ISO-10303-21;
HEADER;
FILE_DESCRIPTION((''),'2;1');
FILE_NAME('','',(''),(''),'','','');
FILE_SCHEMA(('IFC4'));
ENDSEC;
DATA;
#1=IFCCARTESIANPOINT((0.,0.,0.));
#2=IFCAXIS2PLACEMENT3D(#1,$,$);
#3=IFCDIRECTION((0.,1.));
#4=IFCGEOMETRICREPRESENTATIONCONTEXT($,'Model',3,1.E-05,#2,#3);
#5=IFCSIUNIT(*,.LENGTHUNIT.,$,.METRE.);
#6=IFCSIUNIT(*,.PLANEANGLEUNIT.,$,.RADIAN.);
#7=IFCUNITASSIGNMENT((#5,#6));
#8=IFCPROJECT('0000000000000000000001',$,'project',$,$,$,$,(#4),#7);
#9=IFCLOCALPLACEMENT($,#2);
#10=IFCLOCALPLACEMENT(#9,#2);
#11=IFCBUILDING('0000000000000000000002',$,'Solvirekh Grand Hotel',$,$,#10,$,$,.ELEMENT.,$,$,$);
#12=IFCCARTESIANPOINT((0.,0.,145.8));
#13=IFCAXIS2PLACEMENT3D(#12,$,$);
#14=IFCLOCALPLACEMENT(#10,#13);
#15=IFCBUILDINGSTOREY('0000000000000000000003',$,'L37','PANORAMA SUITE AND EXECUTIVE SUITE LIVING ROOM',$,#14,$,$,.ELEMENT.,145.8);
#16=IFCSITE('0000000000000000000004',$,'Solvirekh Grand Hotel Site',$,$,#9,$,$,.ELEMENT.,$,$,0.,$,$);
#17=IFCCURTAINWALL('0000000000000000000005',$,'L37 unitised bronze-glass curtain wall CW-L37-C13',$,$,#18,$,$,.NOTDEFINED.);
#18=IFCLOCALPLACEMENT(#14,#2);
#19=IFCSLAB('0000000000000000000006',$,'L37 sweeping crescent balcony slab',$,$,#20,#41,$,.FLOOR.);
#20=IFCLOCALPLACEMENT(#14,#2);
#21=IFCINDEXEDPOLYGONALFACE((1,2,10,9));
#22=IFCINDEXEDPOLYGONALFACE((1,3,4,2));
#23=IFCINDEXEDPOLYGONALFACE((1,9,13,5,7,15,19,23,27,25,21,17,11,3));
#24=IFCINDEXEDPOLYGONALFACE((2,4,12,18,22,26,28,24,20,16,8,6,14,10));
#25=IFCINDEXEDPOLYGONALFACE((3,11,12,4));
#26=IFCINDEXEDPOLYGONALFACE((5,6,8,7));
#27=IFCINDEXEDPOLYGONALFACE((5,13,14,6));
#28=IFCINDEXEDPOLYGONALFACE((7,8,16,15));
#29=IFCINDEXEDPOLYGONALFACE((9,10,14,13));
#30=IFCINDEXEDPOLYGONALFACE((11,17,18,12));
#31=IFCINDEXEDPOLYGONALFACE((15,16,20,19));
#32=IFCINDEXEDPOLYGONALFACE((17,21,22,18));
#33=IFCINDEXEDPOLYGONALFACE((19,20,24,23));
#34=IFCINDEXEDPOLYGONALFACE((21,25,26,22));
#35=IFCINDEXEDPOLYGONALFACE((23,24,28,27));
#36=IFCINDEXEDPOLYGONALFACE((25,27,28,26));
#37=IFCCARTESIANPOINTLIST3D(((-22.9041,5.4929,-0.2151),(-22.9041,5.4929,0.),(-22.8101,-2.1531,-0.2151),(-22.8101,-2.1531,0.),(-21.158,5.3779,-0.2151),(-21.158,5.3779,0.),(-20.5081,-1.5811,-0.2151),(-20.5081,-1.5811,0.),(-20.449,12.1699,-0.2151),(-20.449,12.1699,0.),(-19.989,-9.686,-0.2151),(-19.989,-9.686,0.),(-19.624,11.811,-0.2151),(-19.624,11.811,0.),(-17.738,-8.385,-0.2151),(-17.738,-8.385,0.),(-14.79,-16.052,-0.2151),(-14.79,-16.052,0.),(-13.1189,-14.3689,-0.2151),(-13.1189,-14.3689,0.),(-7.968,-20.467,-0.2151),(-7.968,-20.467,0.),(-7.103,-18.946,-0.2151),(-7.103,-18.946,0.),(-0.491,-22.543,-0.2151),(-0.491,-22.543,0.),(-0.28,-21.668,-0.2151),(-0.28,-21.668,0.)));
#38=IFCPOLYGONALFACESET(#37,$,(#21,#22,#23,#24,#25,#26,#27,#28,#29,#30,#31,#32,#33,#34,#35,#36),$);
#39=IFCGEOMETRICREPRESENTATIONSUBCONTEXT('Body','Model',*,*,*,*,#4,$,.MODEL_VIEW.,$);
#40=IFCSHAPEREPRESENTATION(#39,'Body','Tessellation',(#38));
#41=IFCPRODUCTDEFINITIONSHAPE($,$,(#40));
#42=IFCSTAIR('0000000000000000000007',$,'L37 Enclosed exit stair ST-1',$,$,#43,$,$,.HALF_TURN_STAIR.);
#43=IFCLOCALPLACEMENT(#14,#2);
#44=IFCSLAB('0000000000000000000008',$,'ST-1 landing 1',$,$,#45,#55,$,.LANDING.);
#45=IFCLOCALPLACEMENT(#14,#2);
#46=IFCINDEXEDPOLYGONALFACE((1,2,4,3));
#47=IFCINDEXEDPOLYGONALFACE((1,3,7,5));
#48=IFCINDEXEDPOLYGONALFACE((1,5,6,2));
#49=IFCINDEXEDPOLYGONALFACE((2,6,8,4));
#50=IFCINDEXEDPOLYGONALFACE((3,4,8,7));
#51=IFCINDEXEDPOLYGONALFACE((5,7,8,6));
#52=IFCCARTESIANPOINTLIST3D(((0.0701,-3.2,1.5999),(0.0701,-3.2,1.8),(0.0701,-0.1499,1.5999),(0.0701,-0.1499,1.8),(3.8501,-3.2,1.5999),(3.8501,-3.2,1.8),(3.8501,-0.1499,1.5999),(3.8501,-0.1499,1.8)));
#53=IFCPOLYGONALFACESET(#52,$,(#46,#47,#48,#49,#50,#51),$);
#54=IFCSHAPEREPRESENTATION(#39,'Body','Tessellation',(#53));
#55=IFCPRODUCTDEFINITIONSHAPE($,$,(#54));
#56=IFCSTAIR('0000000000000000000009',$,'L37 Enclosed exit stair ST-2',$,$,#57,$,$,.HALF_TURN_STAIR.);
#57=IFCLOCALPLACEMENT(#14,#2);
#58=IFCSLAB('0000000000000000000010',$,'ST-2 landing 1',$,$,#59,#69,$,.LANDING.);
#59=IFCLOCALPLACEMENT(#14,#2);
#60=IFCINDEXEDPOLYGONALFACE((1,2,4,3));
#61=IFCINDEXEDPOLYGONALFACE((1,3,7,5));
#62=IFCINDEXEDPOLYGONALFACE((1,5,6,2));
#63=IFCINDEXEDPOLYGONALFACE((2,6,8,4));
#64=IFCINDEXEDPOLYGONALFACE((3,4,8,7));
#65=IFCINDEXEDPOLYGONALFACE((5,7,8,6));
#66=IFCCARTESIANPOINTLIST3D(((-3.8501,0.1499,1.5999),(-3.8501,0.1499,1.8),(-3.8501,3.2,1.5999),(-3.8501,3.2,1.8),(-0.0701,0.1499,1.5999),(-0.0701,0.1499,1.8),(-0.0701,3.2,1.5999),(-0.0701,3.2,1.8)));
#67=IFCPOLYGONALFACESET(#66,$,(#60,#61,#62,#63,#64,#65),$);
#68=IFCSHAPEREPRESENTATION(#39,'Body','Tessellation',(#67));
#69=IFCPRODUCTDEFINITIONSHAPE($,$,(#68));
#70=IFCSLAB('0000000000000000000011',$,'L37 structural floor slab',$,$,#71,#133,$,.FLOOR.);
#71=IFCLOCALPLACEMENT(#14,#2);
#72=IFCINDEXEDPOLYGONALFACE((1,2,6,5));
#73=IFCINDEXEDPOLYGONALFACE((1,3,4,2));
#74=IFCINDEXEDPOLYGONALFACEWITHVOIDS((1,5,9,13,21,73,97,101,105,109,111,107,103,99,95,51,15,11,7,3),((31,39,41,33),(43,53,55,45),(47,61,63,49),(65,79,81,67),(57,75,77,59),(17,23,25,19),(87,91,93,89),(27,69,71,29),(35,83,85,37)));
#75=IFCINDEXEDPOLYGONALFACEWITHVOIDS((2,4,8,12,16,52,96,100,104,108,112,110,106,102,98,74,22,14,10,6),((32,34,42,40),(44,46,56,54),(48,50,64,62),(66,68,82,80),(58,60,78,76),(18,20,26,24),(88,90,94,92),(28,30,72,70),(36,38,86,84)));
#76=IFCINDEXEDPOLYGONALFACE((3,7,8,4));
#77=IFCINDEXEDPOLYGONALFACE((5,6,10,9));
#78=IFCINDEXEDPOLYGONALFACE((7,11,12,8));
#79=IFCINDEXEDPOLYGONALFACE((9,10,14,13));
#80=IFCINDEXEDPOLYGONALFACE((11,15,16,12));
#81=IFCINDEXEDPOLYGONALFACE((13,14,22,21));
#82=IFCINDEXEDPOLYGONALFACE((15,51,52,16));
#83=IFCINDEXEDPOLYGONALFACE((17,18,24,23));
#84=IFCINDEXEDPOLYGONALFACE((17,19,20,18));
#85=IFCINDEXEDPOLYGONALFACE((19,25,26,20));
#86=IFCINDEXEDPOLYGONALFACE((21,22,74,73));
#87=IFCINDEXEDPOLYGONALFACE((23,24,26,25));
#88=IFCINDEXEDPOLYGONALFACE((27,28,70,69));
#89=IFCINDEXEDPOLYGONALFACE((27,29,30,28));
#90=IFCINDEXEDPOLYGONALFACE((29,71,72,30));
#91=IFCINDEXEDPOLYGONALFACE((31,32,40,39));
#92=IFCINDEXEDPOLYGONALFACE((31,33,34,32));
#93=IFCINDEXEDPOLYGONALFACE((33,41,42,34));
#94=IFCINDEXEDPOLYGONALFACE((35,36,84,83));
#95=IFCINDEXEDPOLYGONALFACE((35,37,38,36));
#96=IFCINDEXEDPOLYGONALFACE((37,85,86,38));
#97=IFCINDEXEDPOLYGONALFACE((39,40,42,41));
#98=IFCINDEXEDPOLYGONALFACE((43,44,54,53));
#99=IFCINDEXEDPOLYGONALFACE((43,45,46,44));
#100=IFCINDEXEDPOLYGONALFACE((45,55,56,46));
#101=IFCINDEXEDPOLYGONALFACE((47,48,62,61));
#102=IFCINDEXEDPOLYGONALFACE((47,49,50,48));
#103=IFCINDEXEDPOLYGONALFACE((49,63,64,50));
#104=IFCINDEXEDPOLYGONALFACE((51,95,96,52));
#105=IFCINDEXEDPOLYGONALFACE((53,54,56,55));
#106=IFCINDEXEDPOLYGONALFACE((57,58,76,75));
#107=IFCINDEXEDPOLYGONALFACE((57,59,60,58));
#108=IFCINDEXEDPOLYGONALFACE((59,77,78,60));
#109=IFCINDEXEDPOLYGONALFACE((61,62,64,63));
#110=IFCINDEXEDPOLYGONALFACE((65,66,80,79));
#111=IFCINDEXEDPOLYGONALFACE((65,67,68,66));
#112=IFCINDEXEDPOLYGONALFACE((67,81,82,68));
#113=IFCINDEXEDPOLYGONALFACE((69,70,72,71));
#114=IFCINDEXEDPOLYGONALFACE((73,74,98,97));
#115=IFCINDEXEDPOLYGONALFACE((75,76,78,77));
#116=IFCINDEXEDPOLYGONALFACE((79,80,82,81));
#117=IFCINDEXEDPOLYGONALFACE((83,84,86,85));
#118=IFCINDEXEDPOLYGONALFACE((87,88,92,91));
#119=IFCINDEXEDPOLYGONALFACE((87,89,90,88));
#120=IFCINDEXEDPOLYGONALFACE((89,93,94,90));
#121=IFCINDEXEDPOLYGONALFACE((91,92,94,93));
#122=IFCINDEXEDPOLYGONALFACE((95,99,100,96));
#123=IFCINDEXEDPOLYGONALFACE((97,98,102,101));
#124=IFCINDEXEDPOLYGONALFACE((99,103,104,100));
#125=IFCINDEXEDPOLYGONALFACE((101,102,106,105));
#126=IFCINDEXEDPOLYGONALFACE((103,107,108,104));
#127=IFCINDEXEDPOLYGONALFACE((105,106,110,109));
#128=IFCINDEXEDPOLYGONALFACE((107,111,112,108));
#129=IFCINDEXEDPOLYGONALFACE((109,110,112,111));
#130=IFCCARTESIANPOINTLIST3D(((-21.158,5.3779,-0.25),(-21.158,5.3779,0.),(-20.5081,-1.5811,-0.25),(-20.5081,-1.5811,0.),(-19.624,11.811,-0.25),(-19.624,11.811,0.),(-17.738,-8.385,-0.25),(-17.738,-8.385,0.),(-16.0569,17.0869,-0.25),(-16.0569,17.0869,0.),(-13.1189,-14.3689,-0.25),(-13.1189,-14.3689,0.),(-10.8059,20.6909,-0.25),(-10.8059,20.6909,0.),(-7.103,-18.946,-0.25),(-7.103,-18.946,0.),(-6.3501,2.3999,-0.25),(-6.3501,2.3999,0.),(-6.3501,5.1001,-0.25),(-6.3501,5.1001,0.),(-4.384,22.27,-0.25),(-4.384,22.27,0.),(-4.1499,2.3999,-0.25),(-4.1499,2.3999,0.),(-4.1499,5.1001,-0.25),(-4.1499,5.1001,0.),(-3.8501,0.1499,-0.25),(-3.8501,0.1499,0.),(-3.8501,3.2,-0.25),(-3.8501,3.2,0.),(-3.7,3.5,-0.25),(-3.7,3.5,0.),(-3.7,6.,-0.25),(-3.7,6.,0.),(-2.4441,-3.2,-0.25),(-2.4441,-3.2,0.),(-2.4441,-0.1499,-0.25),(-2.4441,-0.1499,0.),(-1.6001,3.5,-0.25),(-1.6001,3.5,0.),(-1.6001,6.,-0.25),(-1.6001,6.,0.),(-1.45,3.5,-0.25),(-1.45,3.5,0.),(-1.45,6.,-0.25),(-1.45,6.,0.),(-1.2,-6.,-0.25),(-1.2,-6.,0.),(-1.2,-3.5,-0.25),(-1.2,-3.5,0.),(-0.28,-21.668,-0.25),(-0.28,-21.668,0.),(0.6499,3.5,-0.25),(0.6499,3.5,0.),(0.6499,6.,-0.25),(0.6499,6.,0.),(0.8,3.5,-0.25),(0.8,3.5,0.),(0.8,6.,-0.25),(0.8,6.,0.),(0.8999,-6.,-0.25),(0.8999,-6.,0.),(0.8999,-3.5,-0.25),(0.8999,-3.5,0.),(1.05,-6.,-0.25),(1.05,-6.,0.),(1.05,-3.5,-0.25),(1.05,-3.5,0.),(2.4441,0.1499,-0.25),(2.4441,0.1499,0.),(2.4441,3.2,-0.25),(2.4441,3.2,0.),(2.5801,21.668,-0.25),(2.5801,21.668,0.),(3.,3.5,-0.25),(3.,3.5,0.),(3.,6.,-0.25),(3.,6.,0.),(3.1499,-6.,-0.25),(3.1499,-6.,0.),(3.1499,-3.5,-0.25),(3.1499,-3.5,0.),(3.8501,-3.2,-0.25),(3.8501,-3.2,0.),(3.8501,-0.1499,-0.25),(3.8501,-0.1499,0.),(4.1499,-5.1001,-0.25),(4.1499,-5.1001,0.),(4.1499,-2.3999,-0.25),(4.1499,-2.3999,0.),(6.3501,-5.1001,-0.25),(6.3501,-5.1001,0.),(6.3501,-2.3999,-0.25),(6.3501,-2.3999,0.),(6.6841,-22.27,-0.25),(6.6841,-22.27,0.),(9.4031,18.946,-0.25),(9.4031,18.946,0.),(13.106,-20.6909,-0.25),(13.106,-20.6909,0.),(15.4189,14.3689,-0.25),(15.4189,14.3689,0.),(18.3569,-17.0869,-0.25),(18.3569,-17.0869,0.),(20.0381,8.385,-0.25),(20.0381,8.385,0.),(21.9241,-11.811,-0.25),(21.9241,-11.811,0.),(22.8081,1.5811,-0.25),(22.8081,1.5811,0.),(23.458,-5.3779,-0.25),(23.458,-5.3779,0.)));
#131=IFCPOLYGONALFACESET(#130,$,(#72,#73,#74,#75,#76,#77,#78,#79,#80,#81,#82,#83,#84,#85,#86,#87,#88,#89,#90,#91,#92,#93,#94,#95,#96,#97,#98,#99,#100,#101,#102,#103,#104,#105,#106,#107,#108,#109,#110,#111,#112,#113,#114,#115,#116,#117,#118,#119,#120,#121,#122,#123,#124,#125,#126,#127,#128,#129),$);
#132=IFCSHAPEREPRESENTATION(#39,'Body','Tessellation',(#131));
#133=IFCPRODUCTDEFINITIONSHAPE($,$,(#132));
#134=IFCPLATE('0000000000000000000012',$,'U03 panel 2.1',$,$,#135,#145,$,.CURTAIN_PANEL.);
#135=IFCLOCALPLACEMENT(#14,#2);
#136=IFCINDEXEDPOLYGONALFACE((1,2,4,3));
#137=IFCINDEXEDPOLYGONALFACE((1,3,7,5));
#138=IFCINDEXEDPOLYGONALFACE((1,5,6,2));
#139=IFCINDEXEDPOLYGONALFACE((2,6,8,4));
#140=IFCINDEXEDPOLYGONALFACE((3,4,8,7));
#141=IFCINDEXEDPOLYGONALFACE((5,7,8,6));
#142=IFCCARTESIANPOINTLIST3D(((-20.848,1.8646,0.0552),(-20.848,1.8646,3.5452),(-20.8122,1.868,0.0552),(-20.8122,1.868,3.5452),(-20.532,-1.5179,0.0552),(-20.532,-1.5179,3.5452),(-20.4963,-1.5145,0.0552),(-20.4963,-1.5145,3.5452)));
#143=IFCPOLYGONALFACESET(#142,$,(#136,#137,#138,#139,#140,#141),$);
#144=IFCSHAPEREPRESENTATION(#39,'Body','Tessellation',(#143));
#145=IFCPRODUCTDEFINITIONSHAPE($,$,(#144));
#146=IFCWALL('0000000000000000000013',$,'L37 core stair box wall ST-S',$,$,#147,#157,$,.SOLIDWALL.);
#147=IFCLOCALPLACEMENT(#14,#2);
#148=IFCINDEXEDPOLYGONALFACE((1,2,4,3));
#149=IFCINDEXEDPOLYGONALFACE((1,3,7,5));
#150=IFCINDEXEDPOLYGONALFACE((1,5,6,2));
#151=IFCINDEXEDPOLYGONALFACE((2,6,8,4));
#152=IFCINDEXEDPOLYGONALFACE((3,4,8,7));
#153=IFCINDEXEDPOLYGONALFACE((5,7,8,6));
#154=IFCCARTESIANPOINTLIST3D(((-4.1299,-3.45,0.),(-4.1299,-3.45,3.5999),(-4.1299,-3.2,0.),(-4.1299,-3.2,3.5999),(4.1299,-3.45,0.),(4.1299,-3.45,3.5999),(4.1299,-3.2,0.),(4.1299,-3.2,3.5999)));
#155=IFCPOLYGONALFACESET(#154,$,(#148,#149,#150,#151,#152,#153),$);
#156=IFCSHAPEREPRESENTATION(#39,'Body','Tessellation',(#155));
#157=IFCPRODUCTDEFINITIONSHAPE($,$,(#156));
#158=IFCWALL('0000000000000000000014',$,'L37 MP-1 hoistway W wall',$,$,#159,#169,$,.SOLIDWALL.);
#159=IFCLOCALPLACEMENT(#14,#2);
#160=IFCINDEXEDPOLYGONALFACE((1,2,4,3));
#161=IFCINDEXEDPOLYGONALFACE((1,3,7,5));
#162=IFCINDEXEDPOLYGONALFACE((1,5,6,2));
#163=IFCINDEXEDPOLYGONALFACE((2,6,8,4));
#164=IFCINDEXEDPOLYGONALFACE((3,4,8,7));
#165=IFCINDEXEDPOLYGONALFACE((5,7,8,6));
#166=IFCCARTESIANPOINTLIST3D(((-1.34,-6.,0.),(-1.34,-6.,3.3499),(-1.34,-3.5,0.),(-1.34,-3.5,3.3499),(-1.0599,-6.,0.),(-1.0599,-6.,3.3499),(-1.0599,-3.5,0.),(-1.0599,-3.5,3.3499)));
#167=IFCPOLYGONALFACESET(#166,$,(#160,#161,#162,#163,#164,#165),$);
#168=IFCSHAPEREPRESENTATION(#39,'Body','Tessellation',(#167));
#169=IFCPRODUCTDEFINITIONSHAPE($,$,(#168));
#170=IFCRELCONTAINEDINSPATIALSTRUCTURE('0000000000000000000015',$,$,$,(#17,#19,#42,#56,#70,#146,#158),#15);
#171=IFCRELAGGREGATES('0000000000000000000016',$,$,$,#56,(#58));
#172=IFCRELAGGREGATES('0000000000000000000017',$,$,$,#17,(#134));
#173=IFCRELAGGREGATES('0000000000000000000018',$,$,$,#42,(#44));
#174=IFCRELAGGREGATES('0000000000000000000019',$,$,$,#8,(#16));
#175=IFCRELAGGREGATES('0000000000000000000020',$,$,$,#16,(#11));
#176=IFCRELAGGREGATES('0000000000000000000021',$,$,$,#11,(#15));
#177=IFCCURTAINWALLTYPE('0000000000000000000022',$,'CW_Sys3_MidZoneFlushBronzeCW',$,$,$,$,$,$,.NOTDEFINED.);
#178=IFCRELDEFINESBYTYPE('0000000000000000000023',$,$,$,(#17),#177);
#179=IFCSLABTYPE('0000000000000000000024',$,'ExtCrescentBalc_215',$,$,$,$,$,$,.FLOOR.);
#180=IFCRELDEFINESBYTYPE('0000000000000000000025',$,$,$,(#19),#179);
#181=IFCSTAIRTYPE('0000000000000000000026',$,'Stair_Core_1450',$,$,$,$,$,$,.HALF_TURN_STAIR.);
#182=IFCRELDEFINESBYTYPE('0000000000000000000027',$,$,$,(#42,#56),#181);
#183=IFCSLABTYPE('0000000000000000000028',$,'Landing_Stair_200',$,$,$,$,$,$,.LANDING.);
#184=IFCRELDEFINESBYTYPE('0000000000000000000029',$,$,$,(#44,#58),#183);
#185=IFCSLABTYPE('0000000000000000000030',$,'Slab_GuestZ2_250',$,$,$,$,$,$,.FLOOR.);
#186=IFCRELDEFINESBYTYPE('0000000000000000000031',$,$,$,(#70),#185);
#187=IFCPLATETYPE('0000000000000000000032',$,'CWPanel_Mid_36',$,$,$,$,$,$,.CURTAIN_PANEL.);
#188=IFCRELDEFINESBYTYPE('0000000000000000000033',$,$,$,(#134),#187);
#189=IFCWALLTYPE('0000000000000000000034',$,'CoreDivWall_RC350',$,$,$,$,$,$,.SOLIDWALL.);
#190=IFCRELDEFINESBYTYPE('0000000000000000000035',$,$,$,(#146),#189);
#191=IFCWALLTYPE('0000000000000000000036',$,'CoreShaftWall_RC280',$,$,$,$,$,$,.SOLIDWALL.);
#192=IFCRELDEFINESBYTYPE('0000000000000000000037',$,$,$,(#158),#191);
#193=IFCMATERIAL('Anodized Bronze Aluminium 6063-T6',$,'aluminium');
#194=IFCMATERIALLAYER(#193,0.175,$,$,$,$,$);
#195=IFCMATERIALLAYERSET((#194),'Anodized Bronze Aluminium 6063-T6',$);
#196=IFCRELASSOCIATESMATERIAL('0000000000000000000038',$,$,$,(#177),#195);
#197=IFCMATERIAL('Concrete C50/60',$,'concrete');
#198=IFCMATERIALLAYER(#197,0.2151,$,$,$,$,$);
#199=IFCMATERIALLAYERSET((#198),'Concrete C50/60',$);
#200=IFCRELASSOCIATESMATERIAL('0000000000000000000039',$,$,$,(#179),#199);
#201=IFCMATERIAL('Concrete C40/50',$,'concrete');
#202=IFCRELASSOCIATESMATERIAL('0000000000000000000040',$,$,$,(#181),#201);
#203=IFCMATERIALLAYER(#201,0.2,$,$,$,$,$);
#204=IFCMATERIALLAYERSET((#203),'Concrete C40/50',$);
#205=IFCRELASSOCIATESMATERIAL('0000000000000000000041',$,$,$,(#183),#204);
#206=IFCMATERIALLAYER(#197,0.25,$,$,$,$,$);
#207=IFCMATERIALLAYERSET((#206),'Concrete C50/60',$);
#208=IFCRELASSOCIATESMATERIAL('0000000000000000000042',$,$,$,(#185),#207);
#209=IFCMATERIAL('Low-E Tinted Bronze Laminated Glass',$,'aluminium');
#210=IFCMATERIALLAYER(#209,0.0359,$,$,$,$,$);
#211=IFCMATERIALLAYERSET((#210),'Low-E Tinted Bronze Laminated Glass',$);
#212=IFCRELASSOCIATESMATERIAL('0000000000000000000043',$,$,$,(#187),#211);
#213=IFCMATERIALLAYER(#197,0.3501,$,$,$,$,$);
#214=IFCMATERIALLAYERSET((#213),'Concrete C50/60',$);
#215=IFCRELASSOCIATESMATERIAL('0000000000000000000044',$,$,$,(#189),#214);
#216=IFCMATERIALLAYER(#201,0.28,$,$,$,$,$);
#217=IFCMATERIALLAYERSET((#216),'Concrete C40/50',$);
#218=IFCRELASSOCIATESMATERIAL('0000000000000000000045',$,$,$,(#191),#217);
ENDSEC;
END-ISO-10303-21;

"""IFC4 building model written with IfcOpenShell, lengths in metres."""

from ifc_helpers import new_model, si_unit, direction, frame, frame_2d, origin, origin_2d, place, context, subcontext, project, spatial, polyline, rectangle, outline, extrude, source, transform, mapped, material, layer, layer_set, type_object, element, aggregate, save


model = new_model("IFC4")

# Units and contexts
model_context = context("Model", 3, precision=1e-05, world=origin(), true_north=direction((0.0, 1.0)))
body_context = subcontext(model_context, "Body", "Model", "MODEL_VIEW")
ifc_project = project(units=[si_unit("LENGTHUNIT", "METRE"), si_unit("PLANEANGLEUNIT", "RADIAN")], contexts=[model_context])

# Site, building, storey
site_placement = place(None, origin())
site = spatial("IfcSite", under=ifc_project, at=site_placement, Name="Solvirekh Grand Hotel Site", CompositionType="ELEMENT", RefElevation=0.0)
building_placement = place(site_placement, origin())
building = spatial("IfcBuilding", under=site, at=building_placement, Name="Solvirekh Grand Hotel", CompositionType="ELEMENT")
storey_placement = place(building_placement, frame((0.0, 0.0, 145.8)))
storey = spatial("IfcBuildingStorey", under=building, at=storey_placement, Name="L37", Description="PANORAMA SUITE AND EXECUTIVE SUITE LIVING ROOM", CompositionType="ELEMENT", Elevation=145.8)

# Shared definitions
ifc_material_1 = material(Name="Concrete C50/60", Category="concrete")

# Curtain wall
ifc_material_2 = material(Name="Anodized Bronze Aluminium 6063-T6", Category="aluminium")
ifc_layer_1 = layer(ifc_material_2, 0.175)
ifc_layer_set_1 = layer_set([ifc_layer_1], Name="Anodized Bronze Aluminium 6063-T6")
curtain_wall_type = type_object("IfcCurtainWallType", Name="CW_Sys3_MidZoneFlushBronzeCW", PredefinedType="NOTDEFINED", material=ifc_layer_set_1)
curtain_wall_placement = place(storey_placement, origin())
curtain_wall = element("IfcCurtainWall", 1, at=curtain_wall_placement, inside=storey, type_object=curtain_wall_type, Name="L37 unitised bronze-glass curtain wall CW-L37-C13", PredefinedType="NOTDEFINED")

# Slab
ifc_layer_2 = layer(ifc_material_1, 0.2151)
ifc_layer_set_2 = layer_set([ifc_layer_2], Name="Concrete C50/60")
slab_type_1 = type_object("IfcSlabType", Name="ExtCrescentBalc_215", PredefinedType="FLOOR", material=ifc_layer_set_2)
slab_1_placement = place(storey_placement, frame((0.0, 0.0, -0.2151)))
element("IfcSlab", 2, at=slab_1_placement, inside=storey, type_object=slab_type_1, Name="L37 sweeping crescent balcony slab", PredefinedType="FLOOR", context=body_context, shape_type="SweptSolid", body=[
    extrude(outline(polyline([(-20.449, 12.1699), (-22.9041, 5.4929), (-22.8101, -2.1531), (-19.989, -9.686), (-14.79, -16.052), (-7.968, -20.467), (-0.491, -22.543), (-0.28, -21.668), (-7.103, -18.946), (-13.1189, -14.3689), (-17.738, -8.385), (-20.5081, -1.5811), (-21.158, 5.3779), (-19.624, 11.811), (-20.449, 12.1699)])), origin(), (0.0, 0.0, 1.0), 0.2151),
])

# Stairs, slabs
ifc_material_3 = material(Name="Concrete C40/50", Category="concrete")
stair_type = type_object("IfcStairType", Name="Stair_Core_1450", PredefinedType="HALF_TURN_STAIR", material=ifc_material_3)
stair_1_placement = place(storey_placement, origin())
stair_1 = element("IfcStair", 3, at=stair_1_placement, inside=storey, type_object=stair_type, Name="L37 Enclosed exit stair ST-1", PredefinedType="HALF_TURN_STAIR")
ifc_layer_3 = layer(ifc_material_3, 0.2)
ifc_layer_set_3 = layer_set([ifc_layer_3], Name="Concrete C40/50")
slab_type_2 = type_object("IfcSlabType", Name="Landing_Stair_200", PredefinedType="LANDING", material=ifc_layer_set_3)
slab_2_placement = place(storey_placement, frame((0.0, 0.0, 1.5999)))
slab_2 = element("IfcSlab", 4, at=slab_2_placement, type_object=slab_type_2, Name="ST-1 landing 1", PredefinedType="LANDING", context=body_context, shape_type="SweptSolid", body=[
    extrude(outline(polyline([(0.0701, -3.2), (3.8501, -3.2), (3.8501, -0.1499), (0.0701, -0.1499), (0.0701, -3.2)])), origin(), (0.0, 0.0, 1.0), 0.2002),
])
stair_2_placement = place(storey_placement, origin())
stair_2 = element("IfcStair", 5, at=stair_2_placement, inside=storey, type_object=stair_type, Name="L37 Enclosed exit stair ST-2", PredefinedType="HALF_TURN_STAIR")
slab_3_placement = place(storey_placement, frame((0.0, 0.0, 1.5999)))
slab_3 = element("IfcSlab", 6, at=slab_3_placement, type_object=slab_type_2, Name="ST-2 landing 1", PredefinedType="LANDING", context=body_context, shape_type="SweptSolid", body=[
    extrude(outline(polyline([(-0.0701, 3.2), (-3.8501, 3.2), (-3.8501, 0.1499), (-0.0701, 0.1499), (-0.0701, 3.2)])), origin(), (0.0, 0.0, 1.0), 0.2002),
])
aggregate(stair_2, [slab_3])

# Slab
ifc_layer_4 = layer(ifc_material_1, 0.25)
ifc_layer_set_4 = layer_set([ifc_layer_4], Name="Concrete C50/60")
slab_type_3 = type_object("IfcSlabType", Name="Slab_GuestZ2_250", PredefinedType="FLOOR", material=ifc_layer_set_4)
slab_4_placement = place(storey_placement, frame((0.0, 0.0, -0.25)))
element("IfcSlab", 7, at=slab_4_placement, inside=storey, type_object=slab_type_3, Name="L37 structural floor slab", PredefinedType="FLOOR", context=body_context, shape_type="SweptSolid", body=[
    extrude(outline(polyline([(18.3569, -17.0869), (21.9241, -11.811), (23.458, -5.3779), (22.8081, 1.5811), (20.0381, 8.385), (15.4189, 14.3689), (9.4031, 18.946), (2.5801, 21.668), (-4.384, 22.27), (-10.8059, 20.6909), (-16.0569, 17.0869), (-19.624, 11.811), (-21.158, 5.3779), (-20.5081, -1.5811), (-17.738, -8.385), (-13.1189, -14.3689), (-7.103, -18.946), (-0.28, -21.668), (6.6841, -22.27), (13.106, -20.6909), (18.3569, -17.0869)]), holes=[polyline([(-2.4441, -0.1499), (3.8501, -0.1499), (3.8501, -3.2), (-2.4441, -3.2), (-2.4441, -0.1499)]), polyline([(2.4441, 0.1499), (-3.8501, 0.1499), (-3.8501, 3.2), (2.4441, 3.2), (2.4441, 0.1499)]), polyline([(-1.2, -3.5), (0.8999, -3.5), (0.8999, -6.0), (-1.2, -6.0), (-1.2, -3.5)]), polyline([(1.05, -3.5), (3.1499, -3.5), (3.1499, -6.0), (1.05, -6.0), (1.05, -3.5)]), polyline([(-3.7, 6.0), (-1.6001, 6.0), (-1.6001, 3.5), (-3.7, 3.5), (-3.7, 6.0)]), polyline([(-1.45, 6.0), (0.6499, 6.0), (0.6499, 3.5), (-1.45, 3.5), (-1.45, 6.0)]), polyline([(0.8, 6.0), (3.0, 6.0), (3.0, 3.5), (0.8, 3.5), (0.8, 6.0)]), polyline([(-6.3501, 5.1001), (-4.1499, 5.1001), (-4.1499, 2.3999), (-6.3501, 2.3999), (-6.3501, 5.1001)]), polyline([(4.1499, -2.3999), (6.3501, -2.3999), (6.3501, -5.1001), (4.1499, -5.1001), (4.1499, -2.3999)])]), origin(), (0.0, 0.0, 1.0), 0.25),
])

# Plate
ifc_material_4 = material(Name="Low-E Tinted Bronze Laminated Glass", Category="aluminium")
ifc_layer_5 = layer(ifc_material_4, 0.0359)
ifc_layer_set_5 = layer_set([ifc_layer_5], Name="Low-E Tinted Bronze Laminated Glass")
plate_type = type_object("IfcPlateType", Name="CWPanel_Mid_36", PredefinedType="CURTAIN_PANEL", material=ifc_layer_set_5)
shared_shape_1 = source(origin(), body_context, "Body", "SweptSolid", [
    extrude(rectangle(XDim=3.3972, YDim=0.0359, at=origin_2d()), origin(), (0.0, 0.0, 1.0), 3.49),
])
plate_placement = place(storey_placement, frame((-20.6721, 0.175, 0.0552), z_axis=(0.0, 0.0, 1.0), x_axis=(0.092999, -0.995666, 0.0)))
plate = element("IfcPlate", 8, at=plate_placement, type_object=plate_type, Name="U03 panel 2.1", PredefinedType="CURTAIN_PANEL", context=body_context, shape_type="MappedRepresentation", body=[
    mapped(shared_shape_1, transform((0.0, 0.0, 0.0), x_axis=(1.0, 0.0, 0.0), y_axis=(0.0, 1.0, 0.0), z_axis=(0.0, 0.0, 1.0), scale=1.0)),
])
aggregate(curtain_wall, [plate])

# Walls
ifc_layer_6 = layer(ifc_material_1, 0.3501)
ifc_layer_set_6 = layer_set([ifc_layer_6], Name="Concrete C50/60")
wall_type_1 = type_object("IfcWallType", Name="CoreDivWall_RC350", PredefinedType="SOLIDWALL", material=ifc_layer_set_6)
wall_1_placement = place(storey_placement, frame((-4.1299, -3.325, 0.0), z_axis=(0.0, 0.0, 1.0), x_axis=(1.0, 0.0, 0.0)))
element("IfcWall", 9, at=wall_1_placement, inside=storey, type_object=wall_type_1, Name="L37 core stair box wall ST-S", PredefinedType="SOLIDWALL", context=body_context, shape_type="SweptSolid", body=[
    extrude(rectangle(XDim=8.2598, YDim=0.25, at=frame_2d((4.1299, 0.0))), origin(), (0.0, 0.0, 1.0), 3.5999),
])
ifc_layer_7 = layer(ifc_material_3, 0.28)
ifc_layer_set_7 = layer_set([ifc_layer_7], Name="Concrete C40/50")
wall_type_2 = type_object("IfcWallType", Name="CoreShaftWall_RC280", PredefinedType="SOLIDWALL", material=ifc_layer_set_7)
wall_2_placement = place(storey_placement, frame((-1.2, -3.5, 0.0), z_axis=(0.0, 0.0, 1.0), x_axis=(0.0, -1.0, 0.0)))
element("IfcWall", 10, at=wall_2_placement, inside=storey, type_object=wall_type_2, Name="L37 MP-1 hoistway W wall", PredefinedType="SOLIDWALL", context=body_context, shape_type="SweptSolid", body=[
    extrude(rectangle(XDim=2.5, YDim=0.28, at=frame_2d((1.25, 0.0))), origin(), (0.0, 0.0, 1.0), 3.3499),
])

aggregate(stair_1, [slab_2])

save(model, "model.ifc")
